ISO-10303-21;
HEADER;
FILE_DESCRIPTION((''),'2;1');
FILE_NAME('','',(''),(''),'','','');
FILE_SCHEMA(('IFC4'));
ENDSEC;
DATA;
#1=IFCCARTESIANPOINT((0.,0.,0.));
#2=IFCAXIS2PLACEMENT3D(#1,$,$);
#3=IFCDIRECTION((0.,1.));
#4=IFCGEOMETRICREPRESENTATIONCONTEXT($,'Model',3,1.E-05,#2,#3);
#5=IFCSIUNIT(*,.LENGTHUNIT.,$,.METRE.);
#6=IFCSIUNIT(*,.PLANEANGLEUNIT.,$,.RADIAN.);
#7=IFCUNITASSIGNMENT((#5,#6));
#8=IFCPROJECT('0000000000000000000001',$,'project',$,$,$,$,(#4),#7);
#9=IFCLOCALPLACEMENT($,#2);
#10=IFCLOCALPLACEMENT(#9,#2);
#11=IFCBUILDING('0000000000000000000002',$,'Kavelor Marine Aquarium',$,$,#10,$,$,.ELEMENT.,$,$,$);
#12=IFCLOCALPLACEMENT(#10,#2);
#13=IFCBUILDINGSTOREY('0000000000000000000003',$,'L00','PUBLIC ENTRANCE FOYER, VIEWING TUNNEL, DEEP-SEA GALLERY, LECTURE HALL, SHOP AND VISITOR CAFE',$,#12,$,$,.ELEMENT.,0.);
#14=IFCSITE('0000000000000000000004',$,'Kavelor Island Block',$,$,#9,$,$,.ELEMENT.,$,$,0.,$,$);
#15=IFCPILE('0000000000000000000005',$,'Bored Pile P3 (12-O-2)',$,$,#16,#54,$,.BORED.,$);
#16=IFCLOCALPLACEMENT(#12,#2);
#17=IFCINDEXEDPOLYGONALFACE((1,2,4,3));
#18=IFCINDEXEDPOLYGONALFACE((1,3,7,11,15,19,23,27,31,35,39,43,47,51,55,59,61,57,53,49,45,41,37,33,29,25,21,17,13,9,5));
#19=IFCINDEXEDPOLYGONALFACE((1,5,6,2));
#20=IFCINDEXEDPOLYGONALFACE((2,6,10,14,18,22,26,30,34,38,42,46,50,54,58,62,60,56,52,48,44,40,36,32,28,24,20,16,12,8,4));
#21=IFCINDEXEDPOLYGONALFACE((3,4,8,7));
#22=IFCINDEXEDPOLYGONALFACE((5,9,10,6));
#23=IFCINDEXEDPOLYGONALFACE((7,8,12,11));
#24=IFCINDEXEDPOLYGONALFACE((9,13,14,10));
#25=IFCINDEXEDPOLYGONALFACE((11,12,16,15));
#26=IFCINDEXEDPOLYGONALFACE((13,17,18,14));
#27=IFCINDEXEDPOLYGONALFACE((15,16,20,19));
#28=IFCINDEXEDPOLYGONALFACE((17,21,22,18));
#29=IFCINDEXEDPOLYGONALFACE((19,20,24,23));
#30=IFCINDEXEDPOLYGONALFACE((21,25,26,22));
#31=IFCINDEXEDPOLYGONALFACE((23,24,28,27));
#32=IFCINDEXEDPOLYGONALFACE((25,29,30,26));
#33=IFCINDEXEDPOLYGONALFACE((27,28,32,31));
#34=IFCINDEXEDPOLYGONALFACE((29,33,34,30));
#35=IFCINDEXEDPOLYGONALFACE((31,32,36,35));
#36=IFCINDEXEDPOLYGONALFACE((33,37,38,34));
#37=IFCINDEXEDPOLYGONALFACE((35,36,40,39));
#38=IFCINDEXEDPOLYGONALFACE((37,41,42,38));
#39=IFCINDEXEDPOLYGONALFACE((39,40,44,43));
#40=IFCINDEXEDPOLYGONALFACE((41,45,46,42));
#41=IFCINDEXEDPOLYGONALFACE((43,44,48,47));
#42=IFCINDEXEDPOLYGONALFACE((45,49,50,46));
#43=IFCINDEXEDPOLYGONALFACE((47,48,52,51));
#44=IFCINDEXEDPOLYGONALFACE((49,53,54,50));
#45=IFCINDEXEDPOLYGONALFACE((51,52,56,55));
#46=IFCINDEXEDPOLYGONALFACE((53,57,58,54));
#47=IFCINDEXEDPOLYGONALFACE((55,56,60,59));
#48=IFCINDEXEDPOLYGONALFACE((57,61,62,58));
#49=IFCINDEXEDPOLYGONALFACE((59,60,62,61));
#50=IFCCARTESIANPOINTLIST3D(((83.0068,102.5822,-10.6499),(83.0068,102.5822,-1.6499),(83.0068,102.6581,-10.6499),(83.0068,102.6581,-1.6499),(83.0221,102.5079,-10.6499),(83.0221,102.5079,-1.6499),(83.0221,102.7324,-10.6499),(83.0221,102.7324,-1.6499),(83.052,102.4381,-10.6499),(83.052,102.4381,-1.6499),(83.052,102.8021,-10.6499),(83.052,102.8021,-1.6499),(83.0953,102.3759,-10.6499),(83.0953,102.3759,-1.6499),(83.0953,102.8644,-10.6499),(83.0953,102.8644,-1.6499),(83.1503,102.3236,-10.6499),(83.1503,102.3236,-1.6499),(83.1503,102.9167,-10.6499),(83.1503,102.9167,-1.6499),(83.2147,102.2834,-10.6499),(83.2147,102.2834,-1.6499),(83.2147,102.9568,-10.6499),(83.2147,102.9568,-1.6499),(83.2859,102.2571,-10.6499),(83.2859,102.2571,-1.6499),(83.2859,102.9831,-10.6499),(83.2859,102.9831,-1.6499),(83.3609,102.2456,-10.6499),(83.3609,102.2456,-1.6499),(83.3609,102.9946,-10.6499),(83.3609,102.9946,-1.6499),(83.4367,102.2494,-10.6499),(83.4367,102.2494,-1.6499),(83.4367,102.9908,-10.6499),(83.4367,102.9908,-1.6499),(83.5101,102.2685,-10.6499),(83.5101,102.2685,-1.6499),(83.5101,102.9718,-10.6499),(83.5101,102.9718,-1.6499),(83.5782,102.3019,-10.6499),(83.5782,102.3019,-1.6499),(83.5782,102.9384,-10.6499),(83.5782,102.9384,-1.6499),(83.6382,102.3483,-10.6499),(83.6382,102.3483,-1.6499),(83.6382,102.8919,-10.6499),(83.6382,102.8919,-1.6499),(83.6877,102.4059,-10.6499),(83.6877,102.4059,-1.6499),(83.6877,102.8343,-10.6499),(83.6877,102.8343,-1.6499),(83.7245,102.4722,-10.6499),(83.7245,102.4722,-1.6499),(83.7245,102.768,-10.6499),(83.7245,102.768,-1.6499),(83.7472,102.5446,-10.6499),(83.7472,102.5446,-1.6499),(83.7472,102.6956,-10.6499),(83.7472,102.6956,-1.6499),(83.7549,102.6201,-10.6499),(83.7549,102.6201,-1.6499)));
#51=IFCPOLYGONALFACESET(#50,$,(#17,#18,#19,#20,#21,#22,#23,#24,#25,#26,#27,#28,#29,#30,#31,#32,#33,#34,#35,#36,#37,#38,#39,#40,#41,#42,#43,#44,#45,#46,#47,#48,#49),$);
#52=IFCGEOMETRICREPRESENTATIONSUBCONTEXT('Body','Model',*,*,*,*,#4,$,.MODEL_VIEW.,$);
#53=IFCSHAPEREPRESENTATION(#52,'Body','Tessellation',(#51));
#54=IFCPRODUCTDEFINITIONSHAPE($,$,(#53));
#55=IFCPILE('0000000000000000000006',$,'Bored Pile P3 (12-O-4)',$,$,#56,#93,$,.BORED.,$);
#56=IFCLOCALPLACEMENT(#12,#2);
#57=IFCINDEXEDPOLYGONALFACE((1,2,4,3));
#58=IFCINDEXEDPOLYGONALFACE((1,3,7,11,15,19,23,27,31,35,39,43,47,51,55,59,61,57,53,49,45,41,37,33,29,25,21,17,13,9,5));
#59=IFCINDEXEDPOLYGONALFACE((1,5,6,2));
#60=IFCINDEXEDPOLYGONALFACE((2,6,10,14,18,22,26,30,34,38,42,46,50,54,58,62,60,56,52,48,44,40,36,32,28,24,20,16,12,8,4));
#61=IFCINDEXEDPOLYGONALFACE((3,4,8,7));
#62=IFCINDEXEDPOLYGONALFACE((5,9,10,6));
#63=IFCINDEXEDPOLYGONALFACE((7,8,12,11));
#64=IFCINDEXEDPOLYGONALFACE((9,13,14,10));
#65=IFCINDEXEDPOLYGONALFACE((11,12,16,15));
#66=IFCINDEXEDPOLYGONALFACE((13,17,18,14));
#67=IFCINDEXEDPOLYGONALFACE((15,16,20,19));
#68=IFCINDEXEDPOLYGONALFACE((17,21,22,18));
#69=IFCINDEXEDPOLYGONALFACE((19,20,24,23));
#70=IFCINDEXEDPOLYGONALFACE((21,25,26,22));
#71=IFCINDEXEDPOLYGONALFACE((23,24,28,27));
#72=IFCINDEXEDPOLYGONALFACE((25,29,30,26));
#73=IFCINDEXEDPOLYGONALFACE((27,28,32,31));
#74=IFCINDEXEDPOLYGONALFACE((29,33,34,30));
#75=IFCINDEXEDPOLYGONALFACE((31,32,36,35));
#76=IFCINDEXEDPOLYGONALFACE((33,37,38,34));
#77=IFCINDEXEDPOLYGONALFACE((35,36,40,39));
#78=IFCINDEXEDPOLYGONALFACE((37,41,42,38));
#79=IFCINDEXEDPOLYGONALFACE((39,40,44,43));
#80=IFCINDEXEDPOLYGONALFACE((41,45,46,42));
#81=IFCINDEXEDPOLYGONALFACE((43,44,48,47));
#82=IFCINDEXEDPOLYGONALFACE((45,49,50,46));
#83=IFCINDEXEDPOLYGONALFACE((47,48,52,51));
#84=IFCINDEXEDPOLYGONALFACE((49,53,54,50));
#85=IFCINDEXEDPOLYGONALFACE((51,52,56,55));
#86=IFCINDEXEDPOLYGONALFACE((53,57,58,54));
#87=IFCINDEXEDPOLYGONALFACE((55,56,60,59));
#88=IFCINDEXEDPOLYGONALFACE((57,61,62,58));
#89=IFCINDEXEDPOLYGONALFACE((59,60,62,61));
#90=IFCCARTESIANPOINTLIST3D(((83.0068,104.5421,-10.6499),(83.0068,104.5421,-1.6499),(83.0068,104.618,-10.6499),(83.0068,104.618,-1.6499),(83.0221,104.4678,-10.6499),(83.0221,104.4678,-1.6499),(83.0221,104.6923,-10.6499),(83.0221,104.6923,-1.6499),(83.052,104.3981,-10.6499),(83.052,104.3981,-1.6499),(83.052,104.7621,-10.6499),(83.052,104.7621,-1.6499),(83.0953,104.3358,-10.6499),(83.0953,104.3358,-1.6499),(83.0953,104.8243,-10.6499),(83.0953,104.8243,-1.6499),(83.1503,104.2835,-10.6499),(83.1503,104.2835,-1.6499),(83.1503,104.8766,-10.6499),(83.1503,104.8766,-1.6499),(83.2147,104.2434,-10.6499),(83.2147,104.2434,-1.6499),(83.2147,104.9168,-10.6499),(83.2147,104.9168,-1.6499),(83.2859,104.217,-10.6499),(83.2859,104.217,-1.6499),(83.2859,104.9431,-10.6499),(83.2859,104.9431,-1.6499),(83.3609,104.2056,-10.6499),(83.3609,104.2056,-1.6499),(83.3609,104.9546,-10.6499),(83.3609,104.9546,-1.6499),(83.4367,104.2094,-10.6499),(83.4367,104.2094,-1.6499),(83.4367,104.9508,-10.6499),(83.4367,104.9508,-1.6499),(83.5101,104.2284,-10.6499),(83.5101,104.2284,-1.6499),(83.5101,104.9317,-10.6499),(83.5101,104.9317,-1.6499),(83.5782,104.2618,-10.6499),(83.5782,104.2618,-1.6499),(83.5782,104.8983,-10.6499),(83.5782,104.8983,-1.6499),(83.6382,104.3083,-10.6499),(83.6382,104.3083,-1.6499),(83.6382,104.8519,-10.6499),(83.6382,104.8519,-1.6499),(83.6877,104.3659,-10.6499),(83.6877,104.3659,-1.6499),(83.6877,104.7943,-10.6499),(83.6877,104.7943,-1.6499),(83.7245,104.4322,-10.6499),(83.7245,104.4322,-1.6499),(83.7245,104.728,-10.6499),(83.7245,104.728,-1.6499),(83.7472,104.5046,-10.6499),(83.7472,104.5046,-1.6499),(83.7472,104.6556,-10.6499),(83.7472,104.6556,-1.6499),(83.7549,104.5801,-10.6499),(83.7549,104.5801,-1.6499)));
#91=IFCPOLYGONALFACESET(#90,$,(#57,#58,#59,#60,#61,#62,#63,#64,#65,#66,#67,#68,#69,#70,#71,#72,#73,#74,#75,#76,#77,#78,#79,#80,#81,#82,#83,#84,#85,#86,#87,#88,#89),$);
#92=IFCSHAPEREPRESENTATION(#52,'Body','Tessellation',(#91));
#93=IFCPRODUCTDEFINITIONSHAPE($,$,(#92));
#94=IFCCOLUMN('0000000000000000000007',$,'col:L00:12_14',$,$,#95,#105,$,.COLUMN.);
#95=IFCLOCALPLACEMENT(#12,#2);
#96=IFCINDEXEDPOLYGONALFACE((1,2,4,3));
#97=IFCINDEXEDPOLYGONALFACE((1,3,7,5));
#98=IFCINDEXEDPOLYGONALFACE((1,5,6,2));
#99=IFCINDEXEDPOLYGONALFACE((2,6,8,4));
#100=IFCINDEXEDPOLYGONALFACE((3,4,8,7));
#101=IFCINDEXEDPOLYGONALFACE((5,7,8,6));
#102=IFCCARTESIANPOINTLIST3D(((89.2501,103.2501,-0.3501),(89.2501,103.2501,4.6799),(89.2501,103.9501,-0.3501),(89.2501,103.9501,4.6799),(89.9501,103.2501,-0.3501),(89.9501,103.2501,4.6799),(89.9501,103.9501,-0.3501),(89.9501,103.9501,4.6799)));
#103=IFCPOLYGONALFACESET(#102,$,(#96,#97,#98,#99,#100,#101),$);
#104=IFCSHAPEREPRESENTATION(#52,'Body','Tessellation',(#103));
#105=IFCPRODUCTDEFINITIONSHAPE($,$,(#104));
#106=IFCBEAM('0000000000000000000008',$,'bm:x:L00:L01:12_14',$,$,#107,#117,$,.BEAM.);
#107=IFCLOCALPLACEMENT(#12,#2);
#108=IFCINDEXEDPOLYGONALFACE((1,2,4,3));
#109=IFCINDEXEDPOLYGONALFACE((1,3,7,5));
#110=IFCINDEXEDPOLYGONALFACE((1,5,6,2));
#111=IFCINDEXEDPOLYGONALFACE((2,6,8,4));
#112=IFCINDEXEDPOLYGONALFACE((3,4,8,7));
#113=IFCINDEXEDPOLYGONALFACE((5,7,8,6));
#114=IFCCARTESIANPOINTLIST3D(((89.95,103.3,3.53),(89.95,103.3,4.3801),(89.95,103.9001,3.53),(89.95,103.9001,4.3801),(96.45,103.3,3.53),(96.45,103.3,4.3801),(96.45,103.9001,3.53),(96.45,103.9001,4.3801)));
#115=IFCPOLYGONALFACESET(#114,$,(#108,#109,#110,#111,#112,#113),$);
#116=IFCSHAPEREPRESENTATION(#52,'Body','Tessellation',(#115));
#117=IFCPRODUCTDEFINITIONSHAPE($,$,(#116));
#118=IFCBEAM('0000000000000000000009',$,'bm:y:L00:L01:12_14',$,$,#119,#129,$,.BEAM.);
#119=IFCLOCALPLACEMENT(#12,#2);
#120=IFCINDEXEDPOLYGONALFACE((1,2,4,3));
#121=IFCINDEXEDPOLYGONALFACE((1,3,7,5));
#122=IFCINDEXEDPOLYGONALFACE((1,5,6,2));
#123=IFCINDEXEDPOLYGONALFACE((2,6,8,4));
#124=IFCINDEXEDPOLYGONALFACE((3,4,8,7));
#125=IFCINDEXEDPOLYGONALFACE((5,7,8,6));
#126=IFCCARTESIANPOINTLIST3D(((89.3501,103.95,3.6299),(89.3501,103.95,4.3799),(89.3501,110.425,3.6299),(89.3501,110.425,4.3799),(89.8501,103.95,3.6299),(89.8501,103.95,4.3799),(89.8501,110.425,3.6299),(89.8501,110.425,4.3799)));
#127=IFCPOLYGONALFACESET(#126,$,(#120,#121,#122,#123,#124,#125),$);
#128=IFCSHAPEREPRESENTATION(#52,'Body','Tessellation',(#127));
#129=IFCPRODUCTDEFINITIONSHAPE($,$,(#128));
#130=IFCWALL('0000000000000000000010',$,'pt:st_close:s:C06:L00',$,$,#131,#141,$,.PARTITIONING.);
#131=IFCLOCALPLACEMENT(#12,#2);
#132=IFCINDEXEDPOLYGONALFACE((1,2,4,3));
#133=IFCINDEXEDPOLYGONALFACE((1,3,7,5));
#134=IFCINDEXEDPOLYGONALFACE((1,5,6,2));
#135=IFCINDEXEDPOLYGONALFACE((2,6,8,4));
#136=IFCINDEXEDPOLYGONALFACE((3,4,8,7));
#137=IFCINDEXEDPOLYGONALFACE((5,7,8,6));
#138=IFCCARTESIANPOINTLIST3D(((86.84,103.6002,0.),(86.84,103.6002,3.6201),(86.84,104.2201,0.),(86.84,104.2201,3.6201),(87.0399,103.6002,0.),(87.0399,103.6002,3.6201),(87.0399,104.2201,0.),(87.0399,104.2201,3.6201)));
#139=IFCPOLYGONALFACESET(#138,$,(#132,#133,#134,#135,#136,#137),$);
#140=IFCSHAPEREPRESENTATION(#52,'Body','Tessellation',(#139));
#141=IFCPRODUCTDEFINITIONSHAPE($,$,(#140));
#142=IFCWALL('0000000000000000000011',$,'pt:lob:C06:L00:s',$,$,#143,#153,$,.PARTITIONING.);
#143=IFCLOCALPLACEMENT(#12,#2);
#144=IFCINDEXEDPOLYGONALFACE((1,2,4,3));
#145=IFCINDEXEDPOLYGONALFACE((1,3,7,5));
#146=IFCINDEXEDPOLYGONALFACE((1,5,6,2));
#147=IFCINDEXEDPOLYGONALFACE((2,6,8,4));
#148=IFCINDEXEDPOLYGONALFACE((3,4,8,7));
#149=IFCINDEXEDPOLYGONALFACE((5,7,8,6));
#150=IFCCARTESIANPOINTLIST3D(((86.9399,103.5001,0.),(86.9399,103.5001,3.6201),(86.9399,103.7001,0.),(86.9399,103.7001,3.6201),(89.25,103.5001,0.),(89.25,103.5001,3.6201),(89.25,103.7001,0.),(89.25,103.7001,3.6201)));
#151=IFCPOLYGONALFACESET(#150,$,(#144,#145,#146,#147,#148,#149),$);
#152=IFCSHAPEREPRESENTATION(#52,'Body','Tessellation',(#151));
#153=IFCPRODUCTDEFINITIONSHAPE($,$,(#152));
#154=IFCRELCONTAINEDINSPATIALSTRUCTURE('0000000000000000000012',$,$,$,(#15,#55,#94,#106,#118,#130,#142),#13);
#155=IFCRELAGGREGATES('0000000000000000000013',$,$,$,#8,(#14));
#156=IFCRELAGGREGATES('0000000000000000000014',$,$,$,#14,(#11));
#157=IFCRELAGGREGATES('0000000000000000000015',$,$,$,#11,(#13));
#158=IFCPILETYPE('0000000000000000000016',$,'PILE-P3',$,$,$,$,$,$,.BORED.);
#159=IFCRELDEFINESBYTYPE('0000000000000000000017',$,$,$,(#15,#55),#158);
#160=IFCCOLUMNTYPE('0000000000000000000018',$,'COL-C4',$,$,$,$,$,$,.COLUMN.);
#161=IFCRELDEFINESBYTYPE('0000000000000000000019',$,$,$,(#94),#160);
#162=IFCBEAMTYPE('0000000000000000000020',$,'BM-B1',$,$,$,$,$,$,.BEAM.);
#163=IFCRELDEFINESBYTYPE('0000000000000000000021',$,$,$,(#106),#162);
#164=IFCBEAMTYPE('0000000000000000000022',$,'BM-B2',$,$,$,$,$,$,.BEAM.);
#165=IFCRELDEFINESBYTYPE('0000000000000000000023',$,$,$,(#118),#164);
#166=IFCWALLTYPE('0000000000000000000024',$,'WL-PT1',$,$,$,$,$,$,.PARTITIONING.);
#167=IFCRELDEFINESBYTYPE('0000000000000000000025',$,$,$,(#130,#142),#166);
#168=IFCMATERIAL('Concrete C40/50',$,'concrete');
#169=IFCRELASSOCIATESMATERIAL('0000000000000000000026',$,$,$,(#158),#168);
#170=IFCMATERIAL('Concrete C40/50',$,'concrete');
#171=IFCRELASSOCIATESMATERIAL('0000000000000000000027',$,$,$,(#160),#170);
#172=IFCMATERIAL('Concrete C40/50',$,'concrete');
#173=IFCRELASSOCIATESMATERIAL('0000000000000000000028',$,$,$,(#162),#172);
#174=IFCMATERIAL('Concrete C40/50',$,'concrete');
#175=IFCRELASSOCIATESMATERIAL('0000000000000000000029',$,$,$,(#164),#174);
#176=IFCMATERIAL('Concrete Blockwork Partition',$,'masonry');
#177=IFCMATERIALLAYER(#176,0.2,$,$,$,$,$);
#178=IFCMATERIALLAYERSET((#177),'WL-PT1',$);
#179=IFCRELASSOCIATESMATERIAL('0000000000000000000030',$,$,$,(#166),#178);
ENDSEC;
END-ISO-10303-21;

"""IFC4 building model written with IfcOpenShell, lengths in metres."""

from ifc_helpers import new_model, si_unit, direction, frame, frame_2d, origin, origin_2d, place, context, subcontext, project, spatial, rectangle, circle, extrude, material, layer, layer_set, material_profile, profile_set, type_object, element, save


model = new_model("IFC4")

# Units and contexts
model_context = context("Model", 3, precision=1e-05, world=origin(), true_north=direction((0.0, 1.0)))
body_context = subcontext(model_context, "Body", "Model", "MODEL_VIEW")
ifc_project = project(units=[si_unit("LENGTHUNIT", "METRE"), si_unit("PLANEANGLEUNIT", "RADIAN")], contexts=[model_context])

# Site, building, storey
site_placement = place(None, origin())
site = spatial("IfcSite", under=ifc_project, at=site_placement, Name="Kavelor Island Block", CompositionType="ELEMENT", RefElevation=0.0)
building_placement = place(site_placement, origin())
building = spatial("IfcBuilding", under=site, at=building_placement, Name="Kavelor Marine Aquarium", CompositionType="ELEMENT")
storey_placement = place(building_placement, origin())
storey = spatial("IfcBuildingStorey", under=building, at=storey_placement, Name="L00", Description="PUBLIC ENTRANCE FOYER, VIEWING TUNNEL, DEEP-SEA GALLERY, LECTURE HALL, SHOP AND VISITOR CAFE", CompositionType="ELEMENT", Elevation=0.0)

# Piles
ifc_material_1 = material(Name="Concrete C40/50", Category="concrete")
ifc_material_profile_1 = material_profile(ifc_material_1, circle(Radius=0.375, at=origin_2d()), Name="PILE D750")
ifc_profile_set_1 = profile_set([ifc_material_profile_1], Name="Concrete C40/50")
pile_type_1 = type_object("IfcPileType", Name="PILE-P3", PredefinedType="BORED", material=ifc_profile_set_1)
for number, where, z_axis, x_axis, name in (
    (1, (83.3799, 102.6201, -1.6499), (0.0, 0.0, -1.0), (1.0, 0.0, 0.0), "Bored Pile P3 (12-O-2)"),
    (2, (83.3799, 104.5801, -1.6499), (0.0, 0.0, -1.0), (1.0, 0.0, 0.0), "Bored Pile P3 (12-O-4)"),
):
    element("IfcPile", number, at=place(storey_placement, frame(where, z_axis=z_axis, x_axis=x_axis)), inside=storey, type_object=pile_type_1, Name=name, PredefinedType="BORED", context=body_context, shape_type="SweptSolid", body=[
        extrude(circle(Radius=0.375, at=origin_2d()), origin(), (0.0, 0.0, 1.0), 9.0),
    ])

# Column
ifc_material_2 = material(Name="Concrete C40/50", Category="concrete")
ifc_material_profile_2 = material_profile(ifc_material_2, rectangle(XDim=0.7, YDim=0.7, at=origin_2d()), Name="RC-COL 700x700")
ifc_profile_set_2 = profile_set([ifc_material_profile_2], Name="Concrete C40/50")
column_type = type_object("IfcColumnType", Name="COL-C4", PredefinedType="COLUMN", material=ifc_profile_set_2)
column_placement = place(storey_placement, frame((89.6001, 103.6001, -0.3501), z_axis=(0.0, 0.0, 1.0), x_axis=(1.0, 0.0, 0.0)))
element("IfcColumn", 3, at=column_placement, inside=storey, type_object=column_type, Name="col:L00:12_14", PredefinedType="COLUMN", context=body_context, shape_type="SweptSolid", body=[
    extrude(rectangle(XDim=0.7, YDim=0.7, at=origin_2d()), origin(), (0.0, 0.0, 1.0), 5.03),
])

# Beams
ifc_material_3 = material(Name="Concrete C40/50", Category="concrete")
ifc_material_profile_3 = material_profile(ifc_material_3, rectangle(XDim=0.6001, YDim=0.8501, at=origin_2d()), Name="RC-BM 600x850")
ifc_profile_set_3 = profile_set([ifc_material_profile_3], Name="Concrete C40/50")
beam_type_1 = type_object("IfcBeamType", Name="BM-B1", PredefinedType="BEAM", material=ifc_profile_set_3)
beam_1_placement = place(storey_placement, frame((89.95, 103.6001, 3.9551), z_axis=(1.0, 0.0, 0.0), x_axis=(0.0, 1.0, 0.0)))
element("IfcBeam", 4, at=beam_1_placement, inside=storey, type_object=beam_type_1, Name="bm:x:L00:L01:12_14", PredefinedType="BEAM", context=body_context, shape_type="SweptSolid", body=[
    extrude(rectangle(XDim=0.6001, YDim=0.8501, at=origin_2d()), origin(), (0.0, 0.0, 1.0), 6.5),
])
ifc_material_4 = material(Name="Concrete C40/50", Category="concrete")
ifc_material_profile_4 = material_profile(ifc_material_4, rectangle(XDim=0.5, YDim=0.75, at=origin_2d()), Name="RC-BM 500x750")
ifc_profile_set_4 = profile_set([ifc_material_profile_4], Name="Concrete C40/50")
beam_type_2 = type_object("IfcBeamType", Name="BM-B2", PredefinedType="BEAM", material=ifc_profile_set_4)
beam_2_placement = place(storey_placement, frame((89.6001, 103.95, 4.0049), z_axis=(0.0, 1.0, 0.0), x_axis=(-1.0, 0.0, 0.0)))
element("IfcBeam", 5, at=beam_2_placement, inside=storey, type_object=beam_type_2, Name="bm:y:L00:L01:12_14", PredefinedType="BEAM", context=body_context, shape_type="SweptSolid", body=[
    extrude(rectangle(XDim=0.5, YDim=0.75, at=origin_2d()), origin(), (0.0, 0.0, 1.0), 6.4751),
])

# Wall
ifc_material_5 = material(Name="Concrete Blockwork Partition", Category="masonry")
ifc_layer_1 = layer(ifc_material_5, 0.2)
ifc_layer_set_1 = layer_set([ifc_layer_1], Name="WL-PT1")
wall_type_1 = type_object("IfcWallType", Name="WL-PT1", PredefinedType="PARTITIONING", material=ifc_layer_set_1)
wall_1_placement = place(storey_placement, frame((86.9399, 103.6001, 0.0), z_axis=(0.0, 0.0, 1.0), x_axis=(0.0, 1.0, 0.0)))
element("IfcWall", 6, at=wall_1_placement, inside=storey, type_object=wall_type_1, Name="pt:st_close:s:C06:L00", PredefinedType="PARTITIONING", context=body_context, shape_type="SweptSolid", body=[
    extrude(rectangle(XDim=0.6199, YDim=0.2, at=frame_2d((0.3101, 0.0))), origin(), (0.0, 0.0, 1.0), 3.6201),
])

# Wall
wall_2_placement = place(storey_placement, frame((86.9399, 103.6001, 0.0), z_axis=(0.0, 0.0, 1.0), x_axis=(1.0, 0.0, 0.0)))
element("IfcWall", 7, at=wall_2_placement, inside=storey, type_object=wall_type_1, Name="pt:lob:C06:L00:s", PredefinedType="PARTITIONING", context=body_context, shape_type="SweptSolid", body=[
    extrude(rectangle(XDim=2.3101, YDim=0.2, at=frame_2d((1.155, 0.0))), origin(), (0.0, 0.0, 1.0), 3.6201),
])

save(model, "model.ifc")
